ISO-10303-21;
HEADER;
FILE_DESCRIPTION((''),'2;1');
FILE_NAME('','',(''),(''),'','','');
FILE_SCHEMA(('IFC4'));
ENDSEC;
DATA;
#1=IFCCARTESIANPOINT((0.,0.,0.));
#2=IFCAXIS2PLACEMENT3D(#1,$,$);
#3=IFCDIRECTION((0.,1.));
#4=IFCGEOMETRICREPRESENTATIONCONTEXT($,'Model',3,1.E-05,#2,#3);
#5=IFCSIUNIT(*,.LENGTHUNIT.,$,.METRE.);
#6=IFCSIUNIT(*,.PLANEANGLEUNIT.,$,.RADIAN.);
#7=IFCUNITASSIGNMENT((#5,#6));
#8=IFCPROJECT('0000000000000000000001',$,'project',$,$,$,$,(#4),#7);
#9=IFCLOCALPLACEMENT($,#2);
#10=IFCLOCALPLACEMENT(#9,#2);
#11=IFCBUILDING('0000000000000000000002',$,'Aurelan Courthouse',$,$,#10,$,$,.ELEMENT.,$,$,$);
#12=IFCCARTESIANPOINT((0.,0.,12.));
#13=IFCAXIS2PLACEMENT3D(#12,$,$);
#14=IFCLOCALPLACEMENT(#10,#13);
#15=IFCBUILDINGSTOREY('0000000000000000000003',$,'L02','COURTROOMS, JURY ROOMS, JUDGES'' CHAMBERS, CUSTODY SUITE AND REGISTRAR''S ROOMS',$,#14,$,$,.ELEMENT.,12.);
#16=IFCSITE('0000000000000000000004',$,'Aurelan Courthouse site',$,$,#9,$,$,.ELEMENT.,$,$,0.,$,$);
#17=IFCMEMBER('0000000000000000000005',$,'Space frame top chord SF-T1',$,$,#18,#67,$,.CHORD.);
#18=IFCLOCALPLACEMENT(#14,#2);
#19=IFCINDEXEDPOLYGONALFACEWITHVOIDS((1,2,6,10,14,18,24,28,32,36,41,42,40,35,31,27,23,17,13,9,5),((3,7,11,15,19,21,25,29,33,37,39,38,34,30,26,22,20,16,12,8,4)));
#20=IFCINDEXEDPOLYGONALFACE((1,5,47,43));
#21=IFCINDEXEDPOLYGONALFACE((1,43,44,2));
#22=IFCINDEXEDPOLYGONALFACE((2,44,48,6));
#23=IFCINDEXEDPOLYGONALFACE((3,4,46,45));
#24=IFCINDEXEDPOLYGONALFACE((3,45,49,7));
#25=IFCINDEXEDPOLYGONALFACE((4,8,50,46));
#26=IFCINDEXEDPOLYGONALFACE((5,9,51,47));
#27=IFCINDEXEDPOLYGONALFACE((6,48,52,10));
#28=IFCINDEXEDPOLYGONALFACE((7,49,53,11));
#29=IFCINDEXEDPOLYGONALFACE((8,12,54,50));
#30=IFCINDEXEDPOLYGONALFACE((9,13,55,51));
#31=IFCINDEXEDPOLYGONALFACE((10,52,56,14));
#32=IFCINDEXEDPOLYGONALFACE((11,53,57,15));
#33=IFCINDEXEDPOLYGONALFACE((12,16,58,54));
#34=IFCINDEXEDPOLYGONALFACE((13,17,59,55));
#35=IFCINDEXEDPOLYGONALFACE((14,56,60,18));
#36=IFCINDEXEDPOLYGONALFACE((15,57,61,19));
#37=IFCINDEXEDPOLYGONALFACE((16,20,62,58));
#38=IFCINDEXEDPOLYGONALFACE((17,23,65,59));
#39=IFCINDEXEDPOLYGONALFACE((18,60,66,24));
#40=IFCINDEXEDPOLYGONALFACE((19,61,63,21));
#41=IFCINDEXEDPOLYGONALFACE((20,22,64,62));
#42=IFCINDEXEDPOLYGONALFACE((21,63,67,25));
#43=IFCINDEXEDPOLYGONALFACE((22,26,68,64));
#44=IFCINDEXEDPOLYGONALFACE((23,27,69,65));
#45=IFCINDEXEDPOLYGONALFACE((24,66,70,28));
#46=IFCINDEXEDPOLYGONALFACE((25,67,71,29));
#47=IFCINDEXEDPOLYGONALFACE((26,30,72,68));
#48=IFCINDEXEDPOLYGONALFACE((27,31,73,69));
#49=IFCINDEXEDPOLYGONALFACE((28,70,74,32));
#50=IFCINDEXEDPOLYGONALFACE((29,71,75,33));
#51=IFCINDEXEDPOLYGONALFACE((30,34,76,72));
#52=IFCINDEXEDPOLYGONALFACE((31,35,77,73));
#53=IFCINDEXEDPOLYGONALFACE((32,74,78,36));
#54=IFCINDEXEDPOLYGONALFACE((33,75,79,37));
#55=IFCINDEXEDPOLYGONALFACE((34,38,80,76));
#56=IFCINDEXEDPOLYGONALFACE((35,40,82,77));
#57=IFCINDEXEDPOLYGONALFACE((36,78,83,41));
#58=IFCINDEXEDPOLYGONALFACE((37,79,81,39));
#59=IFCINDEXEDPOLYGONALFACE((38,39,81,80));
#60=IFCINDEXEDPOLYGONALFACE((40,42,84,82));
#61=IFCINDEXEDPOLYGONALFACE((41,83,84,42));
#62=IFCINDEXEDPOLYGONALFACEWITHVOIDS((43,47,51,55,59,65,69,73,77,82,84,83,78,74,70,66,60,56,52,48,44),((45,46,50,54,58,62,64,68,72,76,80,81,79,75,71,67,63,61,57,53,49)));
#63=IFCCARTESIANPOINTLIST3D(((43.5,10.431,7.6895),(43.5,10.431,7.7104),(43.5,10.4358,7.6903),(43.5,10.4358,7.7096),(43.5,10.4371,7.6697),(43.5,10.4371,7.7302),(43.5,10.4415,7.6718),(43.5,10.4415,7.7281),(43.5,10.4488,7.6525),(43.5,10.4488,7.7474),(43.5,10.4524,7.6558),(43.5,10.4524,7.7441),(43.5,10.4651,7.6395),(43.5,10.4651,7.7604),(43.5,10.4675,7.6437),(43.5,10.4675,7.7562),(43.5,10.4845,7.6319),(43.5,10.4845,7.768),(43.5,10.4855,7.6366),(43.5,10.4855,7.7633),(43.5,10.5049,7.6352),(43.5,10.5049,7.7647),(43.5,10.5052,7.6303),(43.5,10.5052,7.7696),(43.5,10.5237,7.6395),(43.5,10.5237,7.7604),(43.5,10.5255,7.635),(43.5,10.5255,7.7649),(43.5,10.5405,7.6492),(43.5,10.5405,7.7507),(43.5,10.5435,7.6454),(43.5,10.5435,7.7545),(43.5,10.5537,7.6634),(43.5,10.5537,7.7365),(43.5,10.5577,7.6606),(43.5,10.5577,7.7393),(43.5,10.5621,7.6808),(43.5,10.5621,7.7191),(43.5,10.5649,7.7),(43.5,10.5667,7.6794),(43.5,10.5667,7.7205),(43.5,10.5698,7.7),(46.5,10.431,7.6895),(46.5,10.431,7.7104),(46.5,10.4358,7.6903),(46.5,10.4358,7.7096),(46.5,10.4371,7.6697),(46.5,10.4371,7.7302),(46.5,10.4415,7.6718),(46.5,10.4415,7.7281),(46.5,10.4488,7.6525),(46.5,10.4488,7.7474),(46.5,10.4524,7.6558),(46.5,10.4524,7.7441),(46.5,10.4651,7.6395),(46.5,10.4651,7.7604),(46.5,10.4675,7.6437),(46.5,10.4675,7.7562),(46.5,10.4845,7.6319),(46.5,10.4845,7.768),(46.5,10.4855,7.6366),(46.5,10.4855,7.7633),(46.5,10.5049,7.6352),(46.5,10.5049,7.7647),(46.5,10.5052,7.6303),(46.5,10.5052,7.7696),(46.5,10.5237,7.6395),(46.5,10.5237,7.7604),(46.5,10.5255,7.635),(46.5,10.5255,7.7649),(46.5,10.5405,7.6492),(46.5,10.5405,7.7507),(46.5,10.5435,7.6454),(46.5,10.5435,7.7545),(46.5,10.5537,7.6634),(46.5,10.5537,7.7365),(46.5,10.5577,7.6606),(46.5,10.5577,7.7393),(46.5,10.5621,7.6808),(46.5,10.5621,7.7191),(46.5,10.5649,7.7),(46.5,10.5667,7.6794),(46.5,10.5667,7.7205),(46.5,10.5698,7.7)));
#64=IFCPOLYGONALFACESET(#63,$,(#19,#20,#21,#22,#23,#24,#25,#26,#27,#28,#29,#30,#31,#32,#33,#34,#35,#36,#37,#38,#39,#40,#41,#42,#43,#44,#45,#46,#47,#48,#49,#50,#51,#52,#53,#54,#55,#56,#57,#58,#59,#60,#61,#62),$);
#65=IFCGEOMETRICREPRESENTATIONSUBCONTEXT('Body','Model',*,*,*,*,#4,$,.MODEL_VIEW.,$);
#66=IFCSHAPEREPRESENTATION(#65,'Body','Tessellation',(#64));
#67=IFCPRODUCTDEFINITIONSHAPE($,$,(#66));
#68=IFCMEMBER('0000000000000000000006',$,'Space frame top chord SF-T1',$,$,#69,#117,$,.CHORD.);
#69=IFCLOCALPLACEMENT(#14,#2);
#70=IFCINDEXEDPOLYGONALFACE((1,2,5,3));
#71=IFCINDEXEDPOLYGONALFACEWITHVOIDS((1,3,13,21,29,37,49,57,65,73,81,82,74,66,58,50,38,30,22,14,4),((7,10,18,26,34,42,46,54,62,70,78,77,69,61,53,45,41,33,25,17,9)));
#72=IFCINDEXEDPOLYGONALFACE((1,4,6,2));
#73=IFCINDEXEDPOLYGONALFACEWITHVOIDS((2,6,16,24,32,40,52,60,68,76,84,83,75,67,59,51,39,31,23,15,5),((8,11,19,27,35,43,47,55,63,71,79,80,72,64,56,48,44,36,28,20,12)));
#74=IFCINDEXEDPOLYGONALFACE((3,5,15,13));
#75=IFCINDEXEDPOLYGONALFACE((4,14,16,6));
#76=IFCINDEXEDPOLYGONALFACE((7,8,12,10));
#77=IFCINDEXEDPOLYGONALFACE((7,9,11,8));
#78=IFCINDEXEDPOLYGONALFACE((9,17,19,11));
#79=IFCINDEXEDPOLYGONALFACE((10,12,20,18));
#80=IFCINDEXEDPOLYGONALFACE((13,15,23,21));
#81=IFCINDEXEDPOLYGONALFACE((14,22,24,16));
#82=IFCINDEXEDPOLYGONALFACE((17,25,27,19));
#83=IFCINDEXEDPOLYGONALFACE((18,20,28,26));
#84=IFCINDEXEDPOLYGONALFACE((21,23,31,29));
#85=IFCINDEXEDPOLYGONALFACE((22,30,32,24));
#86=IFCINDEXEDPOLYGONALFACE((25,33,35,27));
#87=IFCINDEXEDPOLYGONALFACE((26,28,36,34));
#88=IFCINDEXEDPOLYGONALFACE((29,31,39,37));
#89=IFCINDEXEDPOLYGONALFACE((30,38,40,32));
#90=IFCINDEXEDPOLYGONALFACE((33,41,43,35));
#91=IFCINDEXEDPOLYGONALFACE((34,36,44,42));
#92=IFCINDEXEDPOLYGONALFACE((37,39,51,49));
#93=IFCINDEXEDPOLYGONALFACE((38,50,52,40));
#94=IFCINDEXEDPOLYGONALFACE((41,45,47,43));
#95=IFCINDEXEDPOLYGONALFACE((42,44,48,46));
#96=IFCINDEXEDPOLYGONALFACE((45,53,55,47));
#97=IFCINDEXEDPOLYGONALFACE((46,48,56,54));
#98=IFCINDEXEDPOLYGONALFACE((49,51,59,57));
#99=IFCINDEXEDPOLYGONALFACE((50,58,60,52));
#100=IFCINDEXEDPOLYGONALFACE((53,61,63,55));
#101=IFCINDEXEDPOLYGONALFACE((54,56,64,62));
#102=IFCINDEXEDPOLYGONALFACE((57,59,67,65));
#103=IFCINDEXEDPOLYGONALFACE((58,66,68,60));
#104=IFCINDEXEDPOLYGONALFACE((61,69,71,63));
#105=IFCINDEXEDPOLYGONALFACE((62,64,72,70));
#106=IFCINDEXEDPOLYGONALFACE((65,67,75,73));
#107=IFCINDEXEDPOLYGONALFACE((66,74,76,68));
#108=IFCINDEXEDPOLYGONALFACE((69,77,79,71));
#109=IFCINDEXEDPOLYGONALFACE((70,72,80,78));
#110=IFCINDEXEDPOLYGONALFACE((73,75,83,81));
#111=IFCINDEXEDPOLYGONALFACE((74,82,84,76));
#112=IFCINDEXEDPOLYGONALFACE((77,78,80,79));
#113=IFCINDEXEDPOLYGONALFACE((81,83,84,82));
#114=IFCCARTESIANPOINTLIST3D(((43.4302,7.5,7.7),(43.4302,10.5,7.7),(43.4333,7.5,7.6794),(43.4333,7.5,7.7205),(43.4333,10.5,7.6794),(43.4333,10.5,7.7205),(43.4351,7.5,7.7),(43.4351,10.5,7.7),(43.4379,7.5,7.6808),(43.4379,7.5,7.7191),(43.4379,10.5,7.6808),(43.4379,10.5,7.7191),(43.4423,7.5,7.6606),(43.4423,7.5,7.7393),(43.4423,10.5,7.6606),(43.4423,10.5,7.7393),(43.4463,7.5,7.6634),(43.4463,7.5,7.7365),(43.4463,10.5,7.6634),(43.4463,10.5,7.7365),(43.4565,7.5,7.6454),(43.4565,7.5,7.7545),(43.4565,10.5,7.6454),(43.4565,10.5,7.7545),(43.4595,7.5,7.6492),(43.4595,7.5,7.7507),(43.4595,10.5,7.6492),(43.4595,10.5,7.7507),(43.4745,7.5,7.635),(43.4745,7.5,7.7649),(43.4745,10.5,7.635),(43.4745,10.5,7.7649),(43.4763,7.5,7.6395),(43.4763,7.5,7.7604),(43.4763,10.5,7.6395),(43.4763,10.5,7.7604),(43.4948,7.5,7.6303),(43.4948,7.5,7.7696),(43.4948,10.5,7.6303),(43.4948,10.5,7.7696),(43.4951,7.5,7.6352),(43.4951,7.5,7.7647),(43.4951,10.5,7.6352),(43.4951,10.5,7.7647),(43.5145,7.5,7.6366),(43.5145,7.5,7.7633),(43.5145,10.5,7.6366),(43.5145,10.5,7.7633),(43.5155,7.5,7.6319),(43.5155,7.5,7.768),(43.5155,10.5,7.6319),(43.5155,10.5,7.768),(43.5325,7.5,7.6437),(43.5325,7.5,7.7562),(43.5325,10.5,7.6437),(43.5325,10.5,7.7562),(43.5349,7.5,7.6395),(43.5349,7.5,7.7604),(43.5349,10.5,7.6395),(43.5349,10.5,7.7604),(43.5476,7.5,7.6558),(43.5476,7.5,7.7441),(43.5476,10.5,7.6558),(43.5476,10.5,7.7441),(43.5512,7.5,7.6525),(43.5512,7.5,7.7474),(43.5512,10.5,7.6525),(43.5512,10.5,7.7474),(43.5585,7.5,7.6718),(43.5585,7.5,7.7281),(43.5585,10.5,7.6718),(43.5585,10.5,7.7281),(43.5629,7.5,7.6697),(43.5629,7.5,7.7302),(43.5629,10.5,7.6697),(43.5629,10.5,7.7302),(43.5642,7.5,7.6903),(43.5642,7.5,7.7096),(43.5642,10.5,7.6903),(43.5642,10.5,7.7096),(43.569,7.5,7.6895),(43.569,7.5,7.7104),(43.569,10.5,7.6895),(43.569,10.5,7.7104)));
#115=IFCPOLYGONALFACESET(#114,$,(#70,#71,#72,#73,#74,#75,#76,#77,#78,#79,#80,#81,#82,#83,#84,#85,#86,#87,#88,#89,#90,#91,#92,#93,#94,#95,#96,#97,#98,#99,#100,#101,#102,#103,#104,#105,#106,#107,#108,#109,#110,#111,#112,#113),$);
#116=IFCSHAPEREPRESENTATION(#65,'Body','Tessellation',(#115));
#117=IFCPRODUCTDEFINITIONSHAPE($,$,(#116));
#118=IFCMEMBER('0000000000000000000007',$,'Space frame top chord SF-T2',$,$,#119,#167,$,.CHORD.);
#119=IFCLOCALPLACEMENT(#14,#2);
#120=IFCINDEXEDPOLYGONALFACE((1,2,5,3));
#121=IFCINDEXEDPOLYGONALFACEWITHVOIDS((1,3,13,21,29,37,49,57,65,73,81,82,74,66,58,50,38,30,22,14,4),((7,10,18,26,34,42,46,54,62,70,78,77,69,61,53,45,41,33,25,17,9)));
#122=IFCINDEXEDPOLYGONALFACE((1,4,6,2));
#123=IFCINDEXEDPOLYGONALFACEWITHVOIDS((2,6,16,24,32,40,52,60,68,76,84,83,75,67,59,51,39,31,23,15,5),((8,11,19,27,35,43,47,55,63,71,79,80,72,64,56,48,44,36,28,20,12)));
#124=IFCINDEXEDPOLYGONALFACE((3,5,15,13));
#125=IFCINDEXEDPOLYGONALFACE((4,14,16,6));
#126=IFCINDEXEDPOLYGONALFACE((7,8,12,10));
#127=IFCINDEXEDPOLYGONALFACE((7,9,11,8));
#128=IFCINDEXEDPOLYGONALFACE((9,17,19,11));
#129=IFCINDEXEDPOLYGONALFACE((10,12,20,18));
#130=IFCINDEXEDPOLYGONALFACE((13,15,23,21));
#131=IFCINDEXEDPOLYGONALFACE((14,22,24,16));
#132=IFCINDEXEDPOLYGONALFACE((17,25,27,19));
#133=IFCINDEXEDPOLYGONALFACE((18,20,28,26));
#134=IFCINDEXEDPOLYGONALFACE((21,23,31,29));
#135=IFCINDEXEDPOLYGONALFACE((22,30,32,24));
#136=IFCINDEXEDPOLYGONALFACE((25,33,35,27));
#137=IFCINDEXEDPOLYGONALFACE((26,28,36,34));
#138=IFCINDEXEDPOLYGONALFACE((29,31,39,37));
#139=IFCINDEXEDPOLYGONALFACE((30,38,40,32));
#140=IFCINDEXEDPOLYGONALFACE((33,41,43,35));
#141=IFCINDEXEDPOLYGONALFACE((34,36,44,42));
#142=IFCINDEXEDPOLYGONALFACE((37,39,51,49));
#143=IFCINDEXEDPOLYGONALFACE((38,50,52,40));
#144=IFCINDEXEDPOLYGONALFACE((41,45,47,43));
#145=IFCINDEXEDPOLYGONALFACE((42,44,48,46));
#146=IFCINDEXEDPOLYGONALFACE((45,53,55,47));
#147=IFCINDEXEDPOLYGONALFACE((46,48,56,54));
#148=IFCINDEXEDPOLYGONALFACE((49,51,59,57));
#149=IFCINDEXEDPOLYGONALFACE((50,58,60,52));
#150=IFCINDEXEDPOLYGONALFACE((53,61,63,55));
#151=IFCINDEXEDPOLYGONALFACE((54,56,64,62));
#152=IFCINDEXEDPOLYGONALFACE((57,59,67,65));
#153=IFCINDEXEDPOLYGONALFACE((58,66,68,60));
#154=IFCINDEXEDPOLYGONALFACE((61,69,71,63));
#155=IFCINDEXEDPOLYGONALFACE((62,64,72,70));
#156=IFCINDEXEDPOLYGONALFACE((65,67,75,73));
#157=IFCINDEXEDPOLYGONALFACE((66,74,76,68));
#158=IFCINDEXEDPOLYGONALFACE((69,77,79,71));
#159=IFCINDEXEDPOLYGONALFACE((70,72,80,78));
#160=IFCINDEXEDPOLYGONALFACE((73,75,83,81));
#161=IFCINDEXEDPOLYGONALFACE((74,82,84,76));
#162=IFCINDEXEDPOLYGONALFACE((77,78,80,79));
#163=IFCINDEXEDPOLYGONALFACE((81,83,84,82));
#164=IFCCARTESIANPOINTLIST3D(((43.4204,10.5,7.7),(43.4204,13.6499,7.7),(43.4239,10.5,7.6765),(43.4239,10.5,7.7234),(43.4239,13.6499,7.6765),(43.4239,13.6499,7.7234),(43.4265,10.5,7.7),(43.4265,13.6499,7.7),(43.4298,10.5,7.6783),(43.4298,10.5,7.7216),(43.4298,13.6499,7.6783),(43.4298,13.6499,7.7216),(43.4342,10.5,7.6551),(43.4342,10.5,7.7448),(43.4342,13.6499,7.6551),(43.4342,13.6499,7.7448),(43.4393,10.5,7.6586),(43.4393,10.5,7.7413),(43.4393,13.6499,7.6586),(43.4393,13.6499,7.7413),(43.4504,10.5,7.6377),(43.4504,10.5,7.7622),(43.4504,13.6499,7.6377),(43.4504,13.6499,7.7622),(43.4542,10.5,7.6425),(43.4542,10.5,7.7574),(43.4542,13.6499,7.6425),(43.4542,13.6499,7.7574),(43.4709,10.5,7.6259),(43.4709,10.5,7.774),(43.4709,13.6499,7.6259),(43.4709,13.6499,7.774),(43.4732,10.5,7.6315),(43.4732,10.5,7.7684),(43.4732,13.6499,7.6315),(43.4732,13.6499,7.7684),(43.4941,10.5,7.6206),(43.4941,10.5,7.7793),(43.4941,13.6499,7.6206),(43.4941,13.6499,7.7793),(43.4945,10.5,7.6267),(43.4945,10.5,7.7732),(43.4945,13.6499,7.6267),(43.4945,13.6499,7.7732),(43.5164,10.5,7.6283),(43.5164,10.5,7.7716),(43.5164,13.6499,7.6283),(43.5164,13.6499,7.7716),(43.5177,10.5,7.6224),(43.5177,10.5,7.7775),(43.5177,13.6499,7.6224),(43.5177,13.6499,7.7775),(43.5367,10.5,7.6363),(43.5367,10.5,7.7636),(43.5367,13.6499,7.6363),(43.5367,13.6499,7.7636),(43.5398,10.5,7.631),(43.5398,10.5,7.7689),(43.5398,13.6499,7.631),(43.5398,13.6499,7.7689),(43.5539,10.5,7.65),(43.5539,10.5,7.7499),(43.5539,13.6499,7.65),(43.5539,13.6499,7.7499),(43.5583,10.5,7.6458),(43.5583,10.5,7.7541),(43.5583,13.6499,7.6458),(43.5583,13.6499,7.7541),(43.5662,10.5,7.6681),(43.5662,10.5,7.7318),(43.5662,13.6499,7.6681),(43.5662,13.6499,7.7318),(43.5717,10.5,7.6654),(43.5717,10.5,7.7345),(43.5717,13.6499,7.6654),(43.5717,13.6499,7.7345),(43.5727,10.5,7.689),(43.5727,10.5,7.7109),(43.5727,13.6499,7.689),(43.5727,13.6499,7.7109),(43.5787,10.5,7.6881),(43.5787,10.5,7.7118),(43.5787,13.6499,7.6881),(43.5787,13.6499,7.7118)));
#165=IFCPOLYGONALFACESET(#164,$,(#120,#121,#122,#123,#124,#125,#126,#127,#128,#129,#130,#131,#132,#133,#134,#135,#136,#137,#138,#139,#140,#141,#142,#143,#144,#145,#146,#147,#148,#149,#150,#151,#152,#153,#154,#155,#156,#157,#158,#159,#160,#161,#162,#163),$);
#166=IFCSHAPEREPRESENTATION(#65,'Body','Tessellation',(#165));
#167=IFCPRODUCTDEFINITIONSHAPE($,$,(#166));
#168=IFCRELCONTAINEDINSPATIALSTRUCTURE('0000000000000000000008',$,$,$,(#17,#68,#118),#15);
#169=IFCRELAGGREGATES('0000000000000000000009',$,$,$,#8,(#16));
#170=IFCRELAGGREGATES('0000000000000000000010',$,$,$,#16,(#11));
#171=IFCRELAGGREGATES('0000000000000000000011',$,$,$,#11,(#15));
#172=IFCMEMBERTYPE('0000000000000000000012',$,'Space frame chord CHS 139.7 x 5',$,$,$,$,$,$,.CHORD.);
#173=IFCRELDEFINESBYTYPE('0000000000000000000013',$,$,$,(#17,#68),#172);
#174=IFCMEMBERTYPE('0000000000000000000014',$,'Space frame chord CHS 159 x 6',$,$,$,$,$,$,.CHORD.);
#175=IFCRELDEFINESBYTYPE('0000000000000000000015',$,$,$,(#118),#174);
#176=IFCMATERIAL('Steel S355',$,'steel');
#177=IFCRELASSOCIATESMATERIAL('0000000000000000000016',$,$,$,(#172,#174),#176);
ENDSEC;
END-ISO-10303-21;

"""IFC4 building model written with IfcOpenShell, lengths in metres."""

from ifc_helpers import new_model, si_unit, direction, frame, origin, origin_2d, place, context, subcontext, project, spatial, hollow_circle, extrude, material, material_profile, profile_set, type_object, element, save


model = new_model("IFC4")

# Units and contexts
model_context = context("Model", 3, precision=1e-05, world=origin(), true_north=direction((0.0, 1.0)))
body_context = subcontext(model_context, "Body", "Model", "MODEL_VIEW")
ifc_project = project(units=[si_unit("LENGTHUNIT", "METRE"), si_unit("PLANEANGLEUNIT", "RADIAN")], contexts=[model_context])

# Site, building, storey
site_placement = place(None, origin())
site = spatial("IfcSite", under=ifc_project, at=site_placement, Name="Aurelan Courthouse site", CompositionType="ELEMENT", RefElevation=0.0)
building_placement = place(site_placement, origin())
building = spatial("IfcBuilding", under=site, at=building_placement, Name="Aurelan Courthouse", CompositionType="ELEMENT")
storey_placement = place(building_placement, frame((0.0, 0.0, 12.0)))
storey = spatial("IfcBuildingStorey", under=building, at=storey_placement, Name="L02", Description="COURTROOMS, JURY ROOMS, JUDGES' CHAMBERS, CUSTODY SUITE AND REGISTRAR'S ROOMS", CompositionType="ELEMENT", Elevation=12.0)

# Members
ifc_material_1 = material(Name="Steel S355", Category="steel")
ifc_material_profile_1 = material_profile(ifc_material_1, hollow_circle(Radius=0.0698, WallThickness=0.0049, at=origin_2d()), Name="CHS 139.7 x 5")
ifc_profile_set_1 = profile_set([ifc_material_profile_1], Name="Steel S355")
member_type_1 = type_object("IfcMemberType", Name="Space frame chord CHS 139.7 x 5", PredefinedType="CHORD", material=ifc_profile_set_1)
for number, where, z_axis, x_axis, name in (
    (1, (43.5, 10.5, 7.7), (1.0, 0.0, 0.0), (0.0, 1.0, 0.0), "Space frame top chord SF-T1"),
    (2, (43.5, 7.5, 7.7), (0.0, 1.0, 0.0), (-1.0, 0.0, 0.0), "Space frame top chord SF-T1"),
):
    element("IfcMember", number, at=place(storey_placement, frame(where, z_axis=z_axis, x_axis=x_axis)), inside=storey, type_object=member_type_1, Name=name, PredefinedType="CHORD", context=body_context, shape_type="SweptSolid", body=[
        extrude(hollow_circle(Radius=0.0698, WallThickness=0.0049, at=origin_2d()), origin(), (0.0, 0.0, 1.0), 3.0),
    ])
ifc_material_profile_2 = material_profile(ifc_material_1, hollow_circle(Radius=0.0796, WallThickness=0.0061, at=origin_2d()), Name="CHS 159 x 6")
ifc_profile_set_2 = profile_set([ifc_material_profile_2], Name="Steel S355")
member_type_2 = type_object("IfcMemberType", Name="Space frame chord CHS 159 x 6", PredefinedType="CHORD", material=ifc_profile_set_2)
member_1_placement = place(storey_placement, frame((43.5, 10.5, 7.7), z_axis=(0.0, 1.0, 0.0), x_axis=(-1.0, 0.0, 0.0)))
element("IfcMember", 3, at=member_1_placement, inside=storey, type_object=member_type_2, Name="Space frame top chord SF-T2", PredefinedType="CHORD", context=body_context, shape_type="SweptSolid", body=[
    extrude(hollow_circle(Radius=0.0796, WallThickness=0.0061, at=origin_2d()), origin(), (0.0, 0.0, 1.0), 3.1499),
])

save(model, "model.ifc")
